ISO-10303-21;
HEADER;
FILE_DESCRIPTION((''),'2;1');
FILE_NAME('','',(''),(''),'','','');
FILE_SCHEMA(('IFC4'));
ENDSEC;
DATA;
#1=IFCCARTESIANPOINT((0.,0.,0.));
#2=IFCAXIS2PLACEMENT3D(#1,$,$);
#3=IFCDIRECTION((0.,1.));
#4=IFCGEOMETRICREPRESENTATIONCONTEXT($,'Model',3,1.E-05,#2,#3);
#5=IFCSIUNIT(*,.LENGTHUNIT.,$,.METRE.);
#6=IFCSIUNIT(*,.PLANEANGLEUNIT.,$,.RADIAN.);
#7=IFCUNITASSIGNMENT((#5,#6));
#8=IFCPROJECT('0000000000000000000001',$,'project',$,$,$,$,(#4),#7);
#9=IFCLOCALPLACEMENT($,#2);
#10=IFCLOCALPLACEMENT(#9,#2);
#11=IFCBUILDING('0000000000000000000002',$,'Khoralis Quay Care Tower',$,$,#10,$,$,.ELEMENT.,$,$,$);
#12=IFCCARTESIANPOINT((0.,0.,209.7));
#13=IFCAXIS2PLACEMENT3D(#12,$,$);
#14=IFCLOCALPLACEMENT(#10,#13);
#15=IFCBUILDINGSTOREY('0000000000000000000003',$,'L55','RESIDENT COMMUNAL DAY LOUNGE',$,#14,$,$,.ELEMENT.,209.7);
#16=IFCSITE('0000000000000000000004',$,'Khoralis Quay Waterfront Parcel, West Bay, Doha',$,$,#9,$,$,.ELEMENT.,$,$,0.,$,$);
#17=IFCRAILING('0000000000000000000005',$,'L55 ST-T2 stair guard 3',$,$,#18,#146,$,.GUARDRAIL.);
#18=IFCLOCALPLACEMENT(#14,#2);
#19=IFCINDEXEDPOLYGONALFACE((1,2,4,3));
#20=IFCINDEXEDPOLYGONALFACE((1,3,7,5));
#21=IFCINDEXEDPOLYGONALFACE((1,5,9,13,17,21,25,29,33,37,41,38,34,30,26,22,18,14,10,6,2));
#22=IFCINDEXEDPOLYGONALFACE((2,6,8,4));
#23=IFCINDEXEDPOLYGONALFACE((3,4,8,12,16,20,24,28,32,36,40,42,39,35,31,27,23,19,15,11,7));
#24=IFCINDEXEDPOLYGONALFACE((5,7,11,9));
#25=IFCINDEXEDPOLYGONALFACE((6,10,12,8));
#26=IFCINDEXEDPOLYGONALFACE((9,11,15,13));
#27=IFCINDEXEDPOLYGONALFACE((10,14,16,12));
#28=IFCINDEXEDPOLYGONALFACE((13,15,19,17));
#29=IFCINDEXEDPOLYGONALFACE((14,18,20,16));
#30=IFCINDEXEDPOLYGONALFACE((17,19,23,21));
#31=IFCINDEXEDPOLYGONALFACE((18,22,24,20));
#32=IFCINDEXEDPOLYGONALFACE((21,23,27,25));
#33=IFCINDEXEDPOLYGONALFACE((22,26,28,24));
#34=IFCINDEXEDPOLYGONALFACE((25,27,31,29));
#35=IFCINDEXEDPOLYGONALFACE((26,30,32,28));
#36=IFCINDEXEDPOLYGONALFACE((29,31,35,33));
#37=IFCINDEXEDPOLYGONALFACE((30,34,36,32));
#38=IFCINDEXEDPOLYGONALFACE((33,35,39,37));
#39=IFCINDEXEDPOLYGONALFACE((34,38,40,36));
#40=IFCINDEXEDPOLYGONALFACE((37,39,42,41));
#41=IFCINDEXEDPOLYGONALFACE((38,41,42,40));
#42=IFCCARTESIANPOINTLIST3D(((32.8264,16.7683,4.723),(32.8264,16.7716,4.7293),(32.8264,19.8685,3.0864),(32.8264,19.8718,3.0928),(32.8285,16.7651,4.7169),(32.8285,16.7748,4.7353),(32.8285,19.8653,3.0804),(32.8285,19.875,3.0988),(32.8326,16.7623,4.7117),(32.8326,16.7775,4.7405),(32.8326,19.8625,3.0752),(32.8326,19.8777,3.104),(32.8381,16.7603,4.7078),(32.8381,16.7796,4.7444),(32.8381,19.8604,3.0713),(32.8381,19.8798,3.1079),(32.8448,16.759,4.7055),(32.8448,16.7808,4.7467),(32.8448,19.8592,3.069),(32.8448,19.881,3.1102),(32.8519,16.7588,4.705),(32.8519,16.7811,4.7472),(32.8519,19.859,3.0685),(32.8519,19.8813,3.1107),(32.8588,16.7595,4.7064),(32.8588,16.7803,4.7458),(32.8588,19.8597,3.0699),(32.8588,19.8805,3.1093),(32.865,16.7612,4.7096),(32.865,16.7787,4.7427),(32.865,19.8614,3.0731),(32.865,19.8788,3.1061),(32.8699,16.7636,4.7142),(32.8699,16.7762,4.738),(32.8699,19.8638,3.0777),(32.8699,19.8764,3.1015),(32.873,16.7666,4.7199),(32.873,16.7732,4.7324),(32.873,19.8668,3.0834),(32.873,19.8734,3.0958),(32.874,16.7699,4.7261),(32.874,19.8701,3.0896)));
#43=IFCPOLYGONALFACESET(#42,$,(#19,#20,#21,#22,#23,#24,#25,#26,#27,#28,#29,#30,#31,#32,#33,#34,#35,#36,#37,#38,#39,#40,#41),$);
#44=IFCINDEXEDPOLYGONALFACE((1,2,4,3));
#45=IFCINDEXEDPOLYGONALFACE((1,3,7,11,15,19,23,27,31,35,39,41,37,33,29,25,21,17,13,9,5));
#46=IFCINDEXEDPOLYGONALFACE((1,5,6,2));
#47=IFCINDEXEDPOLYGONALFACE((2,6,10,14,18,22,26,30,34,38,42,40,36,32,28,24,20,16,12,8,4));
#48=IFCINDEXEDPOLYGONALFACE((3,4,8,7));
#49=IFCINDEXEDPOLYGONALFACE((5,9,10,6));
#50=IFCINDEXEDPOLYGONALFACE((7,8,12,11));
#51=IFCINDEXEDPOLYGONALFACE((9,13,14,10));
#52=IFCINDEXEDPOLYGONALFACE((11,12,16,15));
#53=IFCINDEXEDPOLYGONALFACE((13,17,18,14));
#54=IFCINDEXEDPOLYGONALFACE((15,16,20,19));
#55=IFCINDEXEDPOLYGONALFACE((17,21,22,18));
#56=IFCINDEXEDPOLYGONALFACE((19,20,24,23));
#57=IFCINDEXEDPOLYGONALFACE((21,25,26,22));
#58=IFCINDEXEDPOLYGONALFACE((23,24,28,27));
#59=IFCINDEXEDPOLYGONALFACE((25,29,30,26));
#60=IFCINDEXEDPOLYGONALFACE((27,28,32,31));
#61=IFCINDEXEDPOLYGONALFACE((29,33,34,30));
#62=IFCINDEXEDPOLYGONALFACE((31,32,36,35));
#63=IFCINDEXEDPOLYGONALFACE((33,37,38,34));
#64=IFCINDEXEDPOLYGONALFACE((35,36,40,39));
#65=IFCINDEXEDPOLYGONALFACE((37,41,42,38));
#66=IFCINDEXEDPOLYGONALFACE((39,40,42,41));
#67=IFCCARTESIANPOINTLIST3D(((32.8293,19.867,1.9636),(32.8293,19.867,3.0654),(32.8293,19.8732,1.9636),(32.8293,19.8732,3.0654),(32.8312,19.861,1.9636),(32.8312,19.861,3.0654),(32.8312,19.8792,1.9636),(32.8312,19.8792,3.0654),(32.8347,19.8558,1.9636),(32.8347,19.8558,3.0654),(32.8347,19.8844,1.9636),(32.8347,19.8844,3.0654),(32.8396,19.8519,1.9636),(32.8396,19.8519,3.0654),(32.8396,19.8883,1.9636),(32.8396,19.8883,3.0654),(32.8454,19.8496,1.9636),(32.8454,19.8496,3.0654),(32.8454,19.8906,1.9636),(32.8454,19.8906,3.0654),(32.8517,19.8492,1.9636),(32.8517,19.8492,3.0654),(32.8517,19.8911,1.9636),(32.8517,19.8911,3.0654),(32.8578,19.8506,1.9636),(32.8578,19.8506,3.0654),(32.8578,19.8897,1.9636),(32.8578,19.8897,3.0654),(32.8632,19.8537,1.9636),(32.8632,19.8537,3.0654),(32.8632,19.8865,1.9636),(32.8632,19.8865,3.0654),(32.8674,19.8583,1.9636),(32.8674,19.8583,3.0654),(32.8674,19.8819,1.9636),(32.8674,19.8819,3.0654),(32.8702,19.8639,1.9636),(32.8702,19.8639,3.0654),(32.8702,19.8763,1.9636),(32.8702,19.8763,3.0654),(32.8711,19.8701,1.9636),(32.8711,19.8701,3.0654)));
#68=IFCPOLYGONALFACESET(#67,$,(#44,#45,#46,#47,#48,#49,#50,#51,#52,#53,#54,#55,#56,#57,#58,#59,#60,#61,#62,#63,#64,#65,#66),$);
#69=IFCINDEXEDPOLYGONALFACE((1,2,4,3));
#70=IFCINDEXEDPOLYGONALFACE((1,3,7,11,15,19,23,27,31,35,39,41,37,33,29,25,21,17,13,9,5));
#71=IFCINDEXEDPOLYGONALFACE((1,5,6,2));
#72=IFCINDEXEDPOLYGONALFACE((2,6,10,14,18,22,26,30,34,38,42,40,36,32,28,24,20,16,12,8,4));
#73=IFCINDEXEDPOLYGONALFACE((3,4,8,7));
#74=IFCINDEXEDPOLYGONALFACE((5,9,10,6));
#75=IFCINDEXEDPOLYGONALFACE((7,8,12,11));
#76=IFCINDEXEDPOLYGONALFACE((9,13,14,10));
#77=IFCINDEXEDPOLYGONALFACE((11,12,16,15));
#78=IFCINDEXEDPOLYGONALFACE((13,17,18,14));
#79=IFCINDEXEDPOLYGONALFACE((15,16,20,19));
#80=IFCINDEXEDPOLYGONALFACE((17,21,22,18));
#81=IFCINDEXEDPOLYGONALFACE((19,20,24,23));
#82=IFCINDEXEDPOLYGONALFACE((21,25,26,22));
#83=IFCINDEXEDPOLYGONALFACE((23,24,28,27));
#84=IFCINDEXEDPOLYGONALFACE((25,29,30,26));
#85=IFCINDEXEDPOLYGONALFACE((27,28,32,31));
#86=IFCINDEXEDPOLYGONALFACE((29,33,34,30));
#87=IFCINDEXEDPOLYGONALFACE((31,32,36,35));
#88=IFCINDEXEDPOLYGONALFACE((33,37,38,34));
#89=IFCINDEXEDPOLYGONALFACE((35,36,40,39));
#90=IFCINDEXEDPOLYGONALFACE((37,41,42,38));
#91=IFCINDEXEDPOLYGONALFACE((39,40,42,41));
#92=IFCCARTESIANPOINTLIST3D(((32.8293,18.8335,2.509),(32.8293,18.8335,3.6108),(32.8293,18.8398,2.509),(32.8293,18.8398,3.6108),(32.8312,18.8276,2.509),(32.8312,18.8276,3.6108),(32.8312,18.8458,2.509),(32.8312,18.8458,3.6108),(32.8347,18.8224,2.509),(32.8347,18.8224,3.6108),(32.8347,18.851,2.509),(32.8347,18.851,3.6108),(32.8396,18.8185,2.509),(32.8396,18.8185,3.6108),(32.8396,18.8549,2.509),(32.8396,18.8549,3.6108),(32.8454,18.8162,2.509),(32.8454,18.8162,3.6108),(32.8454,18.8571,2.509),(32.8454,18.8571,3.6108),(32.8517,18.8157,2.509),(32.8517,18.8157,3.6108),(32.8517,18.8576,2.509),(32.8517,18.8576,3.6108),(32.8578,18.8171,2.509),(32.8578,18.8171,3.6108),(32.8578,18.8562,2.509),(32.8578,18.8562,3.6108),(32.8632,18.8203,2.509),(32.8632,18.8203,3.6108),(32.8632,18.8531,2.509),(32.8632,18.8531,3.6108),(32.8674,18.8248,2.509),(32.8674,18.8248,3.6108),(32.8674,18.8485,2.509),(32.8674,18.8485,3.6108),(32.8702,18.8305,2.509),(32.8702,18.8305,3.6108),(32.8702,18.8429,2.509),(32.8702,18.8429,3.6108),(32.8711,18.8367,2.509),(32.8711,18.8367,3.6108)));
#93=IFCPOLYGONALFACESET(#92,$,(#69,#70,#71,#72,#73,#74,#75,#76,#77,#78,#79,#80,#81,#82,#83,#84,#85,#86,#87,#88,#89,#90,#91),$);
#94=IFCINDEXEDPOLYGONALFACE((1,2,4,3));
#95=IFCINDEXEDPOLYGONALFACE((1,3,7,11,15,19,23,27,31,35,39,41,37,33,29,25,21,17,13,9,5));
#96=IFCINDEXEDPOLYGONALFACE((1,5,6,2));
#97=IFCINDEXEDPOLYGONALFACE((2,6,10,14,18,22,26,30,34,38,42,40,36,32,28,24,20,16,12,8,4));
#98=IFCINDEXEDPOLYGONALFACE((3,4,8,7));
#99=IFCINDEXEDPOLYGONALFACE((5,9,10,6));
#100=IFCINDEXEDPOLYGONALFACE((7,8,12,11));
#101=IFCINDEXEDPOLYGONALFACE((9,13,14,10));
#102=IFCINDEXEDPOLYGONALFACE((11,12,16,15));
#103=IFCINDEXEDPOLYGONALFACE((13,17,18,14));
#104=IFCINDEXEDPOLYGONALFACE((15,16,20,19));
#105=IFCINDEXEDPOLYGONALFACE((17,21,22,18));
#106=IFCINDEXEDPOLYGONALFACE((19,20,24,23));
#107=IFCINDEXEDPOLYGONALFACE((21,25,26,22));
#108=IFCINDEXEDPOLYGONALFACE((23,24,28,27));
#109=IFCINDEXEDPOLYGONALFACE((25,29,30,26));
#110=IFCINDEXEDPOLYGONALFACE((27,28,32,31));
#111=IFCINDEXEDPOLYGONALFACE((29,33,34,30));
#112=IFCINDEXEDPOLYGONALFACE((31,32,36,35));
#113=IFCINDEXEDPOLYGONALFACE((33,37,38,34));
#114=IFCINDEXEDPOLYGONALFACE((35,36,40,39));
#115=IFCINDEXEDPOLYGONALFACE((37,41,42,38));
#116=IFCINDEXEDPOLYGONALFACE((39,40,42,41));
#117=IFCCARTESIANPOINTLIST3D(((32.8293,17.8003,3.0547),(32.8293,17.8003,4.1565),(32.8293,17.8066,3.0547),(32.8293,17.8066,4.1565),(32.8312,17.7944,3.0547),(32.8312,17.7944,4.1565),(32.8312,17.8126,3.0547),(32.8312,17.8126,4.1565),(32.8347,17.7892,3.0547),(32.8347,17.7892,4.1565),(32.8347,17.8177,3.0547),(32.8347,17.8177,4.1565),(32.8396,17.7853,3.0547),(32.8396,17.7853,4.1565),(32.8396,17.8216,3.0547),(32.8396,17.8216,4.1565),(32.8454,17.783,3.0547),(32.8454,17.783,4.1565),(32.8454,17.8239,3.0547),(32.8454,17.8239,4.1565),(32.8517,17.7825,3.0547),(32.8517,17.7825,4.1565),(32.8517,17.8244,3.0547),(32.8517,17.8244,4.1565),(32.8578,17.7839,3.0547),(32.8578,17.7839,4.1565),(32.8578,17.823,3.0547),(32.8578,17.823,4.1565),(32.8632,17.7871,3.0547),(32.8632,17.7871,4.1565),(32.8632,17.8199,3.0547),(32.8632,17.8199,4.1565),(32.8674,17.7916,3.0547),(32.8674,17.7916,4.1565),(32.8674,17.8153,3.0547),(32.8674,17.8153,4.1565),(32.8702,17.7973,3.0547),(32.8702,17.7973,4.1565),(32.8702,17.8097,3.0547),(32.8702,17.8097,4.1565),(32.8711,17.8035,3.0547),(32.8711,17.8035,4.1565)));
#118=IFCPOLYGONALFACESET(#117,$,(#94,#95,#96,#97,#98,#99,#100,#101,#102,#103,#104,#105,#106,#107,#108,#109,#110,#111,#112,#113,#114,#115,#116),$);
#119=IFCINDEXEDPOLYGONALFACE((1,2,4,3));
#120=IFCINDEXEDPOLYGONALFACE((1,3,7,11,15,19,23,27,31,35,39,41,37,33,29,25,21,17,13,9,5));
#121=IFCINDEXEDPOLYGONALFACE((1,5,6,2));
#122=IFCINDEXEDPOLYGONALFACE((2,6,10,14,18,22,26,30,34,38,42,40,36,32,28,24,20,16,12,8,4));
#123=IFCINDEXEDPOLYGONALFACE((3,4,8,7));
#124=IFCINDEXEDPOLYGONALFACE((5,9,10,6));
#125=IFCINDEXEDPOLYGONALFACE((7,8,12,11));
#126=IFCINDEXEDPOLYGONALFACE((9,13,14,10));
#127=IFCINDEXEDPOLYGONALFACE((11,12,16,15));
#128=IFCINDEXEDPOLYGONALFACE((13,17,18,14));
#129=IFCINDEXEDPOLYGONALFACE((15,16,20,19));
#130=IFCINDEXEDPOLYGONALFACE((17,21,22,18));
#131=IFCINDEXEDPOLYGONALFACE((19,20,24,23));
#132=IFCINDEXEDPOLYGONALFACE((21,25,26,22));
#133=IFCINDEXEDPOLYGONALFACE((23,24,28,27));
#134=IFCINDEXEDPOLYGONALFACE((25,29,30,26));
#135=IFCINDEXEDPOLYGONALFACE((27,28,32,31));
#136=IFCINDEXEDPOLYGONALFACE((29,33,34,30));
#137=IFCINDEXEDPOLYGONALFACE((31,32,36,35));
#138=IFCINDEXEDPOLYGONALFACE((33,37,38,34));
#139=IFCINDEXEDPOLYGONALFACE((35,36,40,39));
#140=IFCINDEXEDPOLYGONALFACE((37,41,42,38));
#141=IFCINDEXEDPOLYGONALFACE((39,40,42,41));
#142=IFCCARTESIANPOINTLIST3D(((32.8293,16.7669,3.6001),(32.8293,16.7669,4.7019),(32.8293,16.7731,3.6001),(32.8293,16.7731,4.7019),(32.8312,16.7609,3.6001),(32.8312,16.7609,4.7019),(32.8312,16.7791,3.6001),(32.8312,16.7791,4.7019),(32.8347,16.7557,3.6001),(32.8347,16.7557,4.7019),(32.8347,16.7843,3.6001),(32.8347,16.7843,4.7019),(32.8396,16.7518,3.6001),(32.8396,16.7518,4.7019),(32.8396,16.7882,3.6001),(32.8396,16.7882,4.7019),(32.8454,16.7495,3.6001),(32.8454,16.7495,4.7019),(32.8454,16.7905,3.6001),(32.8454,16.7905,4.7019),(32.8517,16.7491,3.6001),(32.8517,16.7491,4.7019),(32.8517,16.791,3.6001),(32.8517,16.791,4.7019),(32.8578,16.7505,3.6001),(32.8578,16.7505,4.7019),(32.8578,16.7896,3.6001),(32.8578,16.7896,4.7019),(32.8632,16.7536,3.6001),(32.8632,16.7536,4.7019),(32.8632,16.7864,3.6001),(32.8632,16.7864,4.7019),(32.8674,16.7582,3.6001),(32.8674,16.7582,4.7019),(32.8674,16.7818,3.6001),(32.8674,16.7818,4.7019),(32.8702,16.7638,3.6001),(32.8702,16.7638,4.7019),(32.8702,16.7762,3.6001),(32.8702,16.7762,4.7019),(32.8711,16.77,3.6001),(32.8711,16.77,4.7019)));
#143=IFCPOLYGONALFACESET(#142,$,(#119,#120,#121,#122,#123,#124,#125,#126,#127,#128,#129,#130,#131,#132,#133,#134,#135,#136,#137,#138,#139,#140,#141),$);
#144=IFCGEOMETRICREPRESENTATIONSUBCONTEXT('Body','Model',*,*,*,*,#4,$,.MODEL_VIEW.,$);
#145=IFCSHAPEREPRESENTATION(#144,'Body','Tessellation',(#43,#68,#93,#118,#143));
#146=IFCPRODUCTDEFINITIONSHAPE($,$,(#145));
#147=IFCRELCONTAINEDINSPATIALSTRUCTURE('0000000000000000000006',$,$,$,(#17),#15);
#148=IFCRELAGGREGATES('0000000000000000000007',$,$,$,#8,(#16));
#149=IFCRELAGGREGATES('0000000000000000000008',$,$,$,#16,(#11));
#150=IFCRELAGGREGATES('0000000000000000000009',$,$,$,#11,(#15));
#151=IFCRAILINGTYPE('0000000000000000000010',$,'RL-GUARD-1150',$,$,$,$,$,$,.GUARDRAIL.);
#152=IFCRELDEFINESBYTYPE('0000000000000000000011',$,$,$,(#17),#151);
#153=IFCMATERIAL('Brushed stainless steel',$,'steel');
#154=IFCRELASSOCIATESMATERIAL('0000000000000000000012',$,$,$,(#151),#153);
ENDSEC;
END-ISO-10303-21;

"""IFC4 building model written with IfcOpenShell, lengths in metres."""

from ifc_helpers import new_model, si_unit, direction, frame, origin, origin_2d, place, context, subcontext, project, spatial, circle, extrude, material, type_object, element, save


model = new_model("IFC4")

# Units and contexts
model_context = context("Model", 3, precision=1e-05, world=origin(), true_north=direction((0.0, 1.0)))
body_context = subcontext(model_context, "Body", "Model", "MODEL_VIEW")
ifc_project = project(units=[si_unit("LENGTHUNIT", "METRE"), si_unit("PLANEANGLEUNIT", "RADIAN")], contexts=[model_context])

# Site, building, storey
site_placement = place(None, origin())
site = spatial("IfcSite", under=ifc_project, at=site_placement, Name="Khoralis Quay Waterfront Parcel, West Bay, Doha", CompositionType="ELEMENT", RefElevation=0.0)
building_placement = place(site_placement, origin())
building = spatial("IfcBuilding", under=site, at=building_placement, Name="Khoralis Quay Care Tower", CompositionType="ELEMENT")
storey_placement = place(building_placement, frame((0.0, 0.0, 209.7)))
storey = spatial("IfcBuildingStorey", under=building, at=storey_placement, Name="L55", Description="RESIDENT COMMUNAL DAY LOUNGE", CompositionType="ELEMENT", Elevation=209.7)

# Shared definitions
ifc_material_1 = material(Name="Brushed stainless steel", Category="steel")

# Railing
railing_type_1 = type_object("IfcRailingType", Name="RL-GUARD-1150", PredefinedType="GUARDRAIL", material=ifc_material_1)
railing_1_placement = place(storey_placement, frame((32.8501, 19.8701, 1.9636)))
element("IfcRailing", 1, at=railing_1_placement, inside=storey, type_object=railing_type_1, Name="L55 ST-T2 stair guard 3", PredefinedType="GUARDRAIL", context=body_context, shape_type="SweptSolid", body=[
    extrude(circle(Radius=0.0239, at=origin_2d()), frame((0.0, 0.0, 1.126), z_axis=(0.0, -0.884348, 0.466828), x_axis=(1.0, 0.0, 0.0)), (0.0, 0.0, 1.0), 3.5056),
    extrude(circle(Radius=0.021, at=origin_2d()), origin(), (0.0, 0.0, 1.0), 1.1018),
    extrude(circle(Radius=0.021, at=origin_2d()), frame((0.0, -1.0334, 0.5454)), (0.0, 0.0, 1.0), 1.1018),
    extrude(circle(Radius=0.021, at=origin_2d()), frame((0.0, -2.0667, 1.0911)), (0.0, 0.0, 1.0), 1.1018),
    extrude(circle(Radius=0.021, at=origin_2d()), frame((0.0, -3.1001, 1.6365)), (0.0, 0.0, 1.0), 1.1018),
])

save(model, "model.ifc")
